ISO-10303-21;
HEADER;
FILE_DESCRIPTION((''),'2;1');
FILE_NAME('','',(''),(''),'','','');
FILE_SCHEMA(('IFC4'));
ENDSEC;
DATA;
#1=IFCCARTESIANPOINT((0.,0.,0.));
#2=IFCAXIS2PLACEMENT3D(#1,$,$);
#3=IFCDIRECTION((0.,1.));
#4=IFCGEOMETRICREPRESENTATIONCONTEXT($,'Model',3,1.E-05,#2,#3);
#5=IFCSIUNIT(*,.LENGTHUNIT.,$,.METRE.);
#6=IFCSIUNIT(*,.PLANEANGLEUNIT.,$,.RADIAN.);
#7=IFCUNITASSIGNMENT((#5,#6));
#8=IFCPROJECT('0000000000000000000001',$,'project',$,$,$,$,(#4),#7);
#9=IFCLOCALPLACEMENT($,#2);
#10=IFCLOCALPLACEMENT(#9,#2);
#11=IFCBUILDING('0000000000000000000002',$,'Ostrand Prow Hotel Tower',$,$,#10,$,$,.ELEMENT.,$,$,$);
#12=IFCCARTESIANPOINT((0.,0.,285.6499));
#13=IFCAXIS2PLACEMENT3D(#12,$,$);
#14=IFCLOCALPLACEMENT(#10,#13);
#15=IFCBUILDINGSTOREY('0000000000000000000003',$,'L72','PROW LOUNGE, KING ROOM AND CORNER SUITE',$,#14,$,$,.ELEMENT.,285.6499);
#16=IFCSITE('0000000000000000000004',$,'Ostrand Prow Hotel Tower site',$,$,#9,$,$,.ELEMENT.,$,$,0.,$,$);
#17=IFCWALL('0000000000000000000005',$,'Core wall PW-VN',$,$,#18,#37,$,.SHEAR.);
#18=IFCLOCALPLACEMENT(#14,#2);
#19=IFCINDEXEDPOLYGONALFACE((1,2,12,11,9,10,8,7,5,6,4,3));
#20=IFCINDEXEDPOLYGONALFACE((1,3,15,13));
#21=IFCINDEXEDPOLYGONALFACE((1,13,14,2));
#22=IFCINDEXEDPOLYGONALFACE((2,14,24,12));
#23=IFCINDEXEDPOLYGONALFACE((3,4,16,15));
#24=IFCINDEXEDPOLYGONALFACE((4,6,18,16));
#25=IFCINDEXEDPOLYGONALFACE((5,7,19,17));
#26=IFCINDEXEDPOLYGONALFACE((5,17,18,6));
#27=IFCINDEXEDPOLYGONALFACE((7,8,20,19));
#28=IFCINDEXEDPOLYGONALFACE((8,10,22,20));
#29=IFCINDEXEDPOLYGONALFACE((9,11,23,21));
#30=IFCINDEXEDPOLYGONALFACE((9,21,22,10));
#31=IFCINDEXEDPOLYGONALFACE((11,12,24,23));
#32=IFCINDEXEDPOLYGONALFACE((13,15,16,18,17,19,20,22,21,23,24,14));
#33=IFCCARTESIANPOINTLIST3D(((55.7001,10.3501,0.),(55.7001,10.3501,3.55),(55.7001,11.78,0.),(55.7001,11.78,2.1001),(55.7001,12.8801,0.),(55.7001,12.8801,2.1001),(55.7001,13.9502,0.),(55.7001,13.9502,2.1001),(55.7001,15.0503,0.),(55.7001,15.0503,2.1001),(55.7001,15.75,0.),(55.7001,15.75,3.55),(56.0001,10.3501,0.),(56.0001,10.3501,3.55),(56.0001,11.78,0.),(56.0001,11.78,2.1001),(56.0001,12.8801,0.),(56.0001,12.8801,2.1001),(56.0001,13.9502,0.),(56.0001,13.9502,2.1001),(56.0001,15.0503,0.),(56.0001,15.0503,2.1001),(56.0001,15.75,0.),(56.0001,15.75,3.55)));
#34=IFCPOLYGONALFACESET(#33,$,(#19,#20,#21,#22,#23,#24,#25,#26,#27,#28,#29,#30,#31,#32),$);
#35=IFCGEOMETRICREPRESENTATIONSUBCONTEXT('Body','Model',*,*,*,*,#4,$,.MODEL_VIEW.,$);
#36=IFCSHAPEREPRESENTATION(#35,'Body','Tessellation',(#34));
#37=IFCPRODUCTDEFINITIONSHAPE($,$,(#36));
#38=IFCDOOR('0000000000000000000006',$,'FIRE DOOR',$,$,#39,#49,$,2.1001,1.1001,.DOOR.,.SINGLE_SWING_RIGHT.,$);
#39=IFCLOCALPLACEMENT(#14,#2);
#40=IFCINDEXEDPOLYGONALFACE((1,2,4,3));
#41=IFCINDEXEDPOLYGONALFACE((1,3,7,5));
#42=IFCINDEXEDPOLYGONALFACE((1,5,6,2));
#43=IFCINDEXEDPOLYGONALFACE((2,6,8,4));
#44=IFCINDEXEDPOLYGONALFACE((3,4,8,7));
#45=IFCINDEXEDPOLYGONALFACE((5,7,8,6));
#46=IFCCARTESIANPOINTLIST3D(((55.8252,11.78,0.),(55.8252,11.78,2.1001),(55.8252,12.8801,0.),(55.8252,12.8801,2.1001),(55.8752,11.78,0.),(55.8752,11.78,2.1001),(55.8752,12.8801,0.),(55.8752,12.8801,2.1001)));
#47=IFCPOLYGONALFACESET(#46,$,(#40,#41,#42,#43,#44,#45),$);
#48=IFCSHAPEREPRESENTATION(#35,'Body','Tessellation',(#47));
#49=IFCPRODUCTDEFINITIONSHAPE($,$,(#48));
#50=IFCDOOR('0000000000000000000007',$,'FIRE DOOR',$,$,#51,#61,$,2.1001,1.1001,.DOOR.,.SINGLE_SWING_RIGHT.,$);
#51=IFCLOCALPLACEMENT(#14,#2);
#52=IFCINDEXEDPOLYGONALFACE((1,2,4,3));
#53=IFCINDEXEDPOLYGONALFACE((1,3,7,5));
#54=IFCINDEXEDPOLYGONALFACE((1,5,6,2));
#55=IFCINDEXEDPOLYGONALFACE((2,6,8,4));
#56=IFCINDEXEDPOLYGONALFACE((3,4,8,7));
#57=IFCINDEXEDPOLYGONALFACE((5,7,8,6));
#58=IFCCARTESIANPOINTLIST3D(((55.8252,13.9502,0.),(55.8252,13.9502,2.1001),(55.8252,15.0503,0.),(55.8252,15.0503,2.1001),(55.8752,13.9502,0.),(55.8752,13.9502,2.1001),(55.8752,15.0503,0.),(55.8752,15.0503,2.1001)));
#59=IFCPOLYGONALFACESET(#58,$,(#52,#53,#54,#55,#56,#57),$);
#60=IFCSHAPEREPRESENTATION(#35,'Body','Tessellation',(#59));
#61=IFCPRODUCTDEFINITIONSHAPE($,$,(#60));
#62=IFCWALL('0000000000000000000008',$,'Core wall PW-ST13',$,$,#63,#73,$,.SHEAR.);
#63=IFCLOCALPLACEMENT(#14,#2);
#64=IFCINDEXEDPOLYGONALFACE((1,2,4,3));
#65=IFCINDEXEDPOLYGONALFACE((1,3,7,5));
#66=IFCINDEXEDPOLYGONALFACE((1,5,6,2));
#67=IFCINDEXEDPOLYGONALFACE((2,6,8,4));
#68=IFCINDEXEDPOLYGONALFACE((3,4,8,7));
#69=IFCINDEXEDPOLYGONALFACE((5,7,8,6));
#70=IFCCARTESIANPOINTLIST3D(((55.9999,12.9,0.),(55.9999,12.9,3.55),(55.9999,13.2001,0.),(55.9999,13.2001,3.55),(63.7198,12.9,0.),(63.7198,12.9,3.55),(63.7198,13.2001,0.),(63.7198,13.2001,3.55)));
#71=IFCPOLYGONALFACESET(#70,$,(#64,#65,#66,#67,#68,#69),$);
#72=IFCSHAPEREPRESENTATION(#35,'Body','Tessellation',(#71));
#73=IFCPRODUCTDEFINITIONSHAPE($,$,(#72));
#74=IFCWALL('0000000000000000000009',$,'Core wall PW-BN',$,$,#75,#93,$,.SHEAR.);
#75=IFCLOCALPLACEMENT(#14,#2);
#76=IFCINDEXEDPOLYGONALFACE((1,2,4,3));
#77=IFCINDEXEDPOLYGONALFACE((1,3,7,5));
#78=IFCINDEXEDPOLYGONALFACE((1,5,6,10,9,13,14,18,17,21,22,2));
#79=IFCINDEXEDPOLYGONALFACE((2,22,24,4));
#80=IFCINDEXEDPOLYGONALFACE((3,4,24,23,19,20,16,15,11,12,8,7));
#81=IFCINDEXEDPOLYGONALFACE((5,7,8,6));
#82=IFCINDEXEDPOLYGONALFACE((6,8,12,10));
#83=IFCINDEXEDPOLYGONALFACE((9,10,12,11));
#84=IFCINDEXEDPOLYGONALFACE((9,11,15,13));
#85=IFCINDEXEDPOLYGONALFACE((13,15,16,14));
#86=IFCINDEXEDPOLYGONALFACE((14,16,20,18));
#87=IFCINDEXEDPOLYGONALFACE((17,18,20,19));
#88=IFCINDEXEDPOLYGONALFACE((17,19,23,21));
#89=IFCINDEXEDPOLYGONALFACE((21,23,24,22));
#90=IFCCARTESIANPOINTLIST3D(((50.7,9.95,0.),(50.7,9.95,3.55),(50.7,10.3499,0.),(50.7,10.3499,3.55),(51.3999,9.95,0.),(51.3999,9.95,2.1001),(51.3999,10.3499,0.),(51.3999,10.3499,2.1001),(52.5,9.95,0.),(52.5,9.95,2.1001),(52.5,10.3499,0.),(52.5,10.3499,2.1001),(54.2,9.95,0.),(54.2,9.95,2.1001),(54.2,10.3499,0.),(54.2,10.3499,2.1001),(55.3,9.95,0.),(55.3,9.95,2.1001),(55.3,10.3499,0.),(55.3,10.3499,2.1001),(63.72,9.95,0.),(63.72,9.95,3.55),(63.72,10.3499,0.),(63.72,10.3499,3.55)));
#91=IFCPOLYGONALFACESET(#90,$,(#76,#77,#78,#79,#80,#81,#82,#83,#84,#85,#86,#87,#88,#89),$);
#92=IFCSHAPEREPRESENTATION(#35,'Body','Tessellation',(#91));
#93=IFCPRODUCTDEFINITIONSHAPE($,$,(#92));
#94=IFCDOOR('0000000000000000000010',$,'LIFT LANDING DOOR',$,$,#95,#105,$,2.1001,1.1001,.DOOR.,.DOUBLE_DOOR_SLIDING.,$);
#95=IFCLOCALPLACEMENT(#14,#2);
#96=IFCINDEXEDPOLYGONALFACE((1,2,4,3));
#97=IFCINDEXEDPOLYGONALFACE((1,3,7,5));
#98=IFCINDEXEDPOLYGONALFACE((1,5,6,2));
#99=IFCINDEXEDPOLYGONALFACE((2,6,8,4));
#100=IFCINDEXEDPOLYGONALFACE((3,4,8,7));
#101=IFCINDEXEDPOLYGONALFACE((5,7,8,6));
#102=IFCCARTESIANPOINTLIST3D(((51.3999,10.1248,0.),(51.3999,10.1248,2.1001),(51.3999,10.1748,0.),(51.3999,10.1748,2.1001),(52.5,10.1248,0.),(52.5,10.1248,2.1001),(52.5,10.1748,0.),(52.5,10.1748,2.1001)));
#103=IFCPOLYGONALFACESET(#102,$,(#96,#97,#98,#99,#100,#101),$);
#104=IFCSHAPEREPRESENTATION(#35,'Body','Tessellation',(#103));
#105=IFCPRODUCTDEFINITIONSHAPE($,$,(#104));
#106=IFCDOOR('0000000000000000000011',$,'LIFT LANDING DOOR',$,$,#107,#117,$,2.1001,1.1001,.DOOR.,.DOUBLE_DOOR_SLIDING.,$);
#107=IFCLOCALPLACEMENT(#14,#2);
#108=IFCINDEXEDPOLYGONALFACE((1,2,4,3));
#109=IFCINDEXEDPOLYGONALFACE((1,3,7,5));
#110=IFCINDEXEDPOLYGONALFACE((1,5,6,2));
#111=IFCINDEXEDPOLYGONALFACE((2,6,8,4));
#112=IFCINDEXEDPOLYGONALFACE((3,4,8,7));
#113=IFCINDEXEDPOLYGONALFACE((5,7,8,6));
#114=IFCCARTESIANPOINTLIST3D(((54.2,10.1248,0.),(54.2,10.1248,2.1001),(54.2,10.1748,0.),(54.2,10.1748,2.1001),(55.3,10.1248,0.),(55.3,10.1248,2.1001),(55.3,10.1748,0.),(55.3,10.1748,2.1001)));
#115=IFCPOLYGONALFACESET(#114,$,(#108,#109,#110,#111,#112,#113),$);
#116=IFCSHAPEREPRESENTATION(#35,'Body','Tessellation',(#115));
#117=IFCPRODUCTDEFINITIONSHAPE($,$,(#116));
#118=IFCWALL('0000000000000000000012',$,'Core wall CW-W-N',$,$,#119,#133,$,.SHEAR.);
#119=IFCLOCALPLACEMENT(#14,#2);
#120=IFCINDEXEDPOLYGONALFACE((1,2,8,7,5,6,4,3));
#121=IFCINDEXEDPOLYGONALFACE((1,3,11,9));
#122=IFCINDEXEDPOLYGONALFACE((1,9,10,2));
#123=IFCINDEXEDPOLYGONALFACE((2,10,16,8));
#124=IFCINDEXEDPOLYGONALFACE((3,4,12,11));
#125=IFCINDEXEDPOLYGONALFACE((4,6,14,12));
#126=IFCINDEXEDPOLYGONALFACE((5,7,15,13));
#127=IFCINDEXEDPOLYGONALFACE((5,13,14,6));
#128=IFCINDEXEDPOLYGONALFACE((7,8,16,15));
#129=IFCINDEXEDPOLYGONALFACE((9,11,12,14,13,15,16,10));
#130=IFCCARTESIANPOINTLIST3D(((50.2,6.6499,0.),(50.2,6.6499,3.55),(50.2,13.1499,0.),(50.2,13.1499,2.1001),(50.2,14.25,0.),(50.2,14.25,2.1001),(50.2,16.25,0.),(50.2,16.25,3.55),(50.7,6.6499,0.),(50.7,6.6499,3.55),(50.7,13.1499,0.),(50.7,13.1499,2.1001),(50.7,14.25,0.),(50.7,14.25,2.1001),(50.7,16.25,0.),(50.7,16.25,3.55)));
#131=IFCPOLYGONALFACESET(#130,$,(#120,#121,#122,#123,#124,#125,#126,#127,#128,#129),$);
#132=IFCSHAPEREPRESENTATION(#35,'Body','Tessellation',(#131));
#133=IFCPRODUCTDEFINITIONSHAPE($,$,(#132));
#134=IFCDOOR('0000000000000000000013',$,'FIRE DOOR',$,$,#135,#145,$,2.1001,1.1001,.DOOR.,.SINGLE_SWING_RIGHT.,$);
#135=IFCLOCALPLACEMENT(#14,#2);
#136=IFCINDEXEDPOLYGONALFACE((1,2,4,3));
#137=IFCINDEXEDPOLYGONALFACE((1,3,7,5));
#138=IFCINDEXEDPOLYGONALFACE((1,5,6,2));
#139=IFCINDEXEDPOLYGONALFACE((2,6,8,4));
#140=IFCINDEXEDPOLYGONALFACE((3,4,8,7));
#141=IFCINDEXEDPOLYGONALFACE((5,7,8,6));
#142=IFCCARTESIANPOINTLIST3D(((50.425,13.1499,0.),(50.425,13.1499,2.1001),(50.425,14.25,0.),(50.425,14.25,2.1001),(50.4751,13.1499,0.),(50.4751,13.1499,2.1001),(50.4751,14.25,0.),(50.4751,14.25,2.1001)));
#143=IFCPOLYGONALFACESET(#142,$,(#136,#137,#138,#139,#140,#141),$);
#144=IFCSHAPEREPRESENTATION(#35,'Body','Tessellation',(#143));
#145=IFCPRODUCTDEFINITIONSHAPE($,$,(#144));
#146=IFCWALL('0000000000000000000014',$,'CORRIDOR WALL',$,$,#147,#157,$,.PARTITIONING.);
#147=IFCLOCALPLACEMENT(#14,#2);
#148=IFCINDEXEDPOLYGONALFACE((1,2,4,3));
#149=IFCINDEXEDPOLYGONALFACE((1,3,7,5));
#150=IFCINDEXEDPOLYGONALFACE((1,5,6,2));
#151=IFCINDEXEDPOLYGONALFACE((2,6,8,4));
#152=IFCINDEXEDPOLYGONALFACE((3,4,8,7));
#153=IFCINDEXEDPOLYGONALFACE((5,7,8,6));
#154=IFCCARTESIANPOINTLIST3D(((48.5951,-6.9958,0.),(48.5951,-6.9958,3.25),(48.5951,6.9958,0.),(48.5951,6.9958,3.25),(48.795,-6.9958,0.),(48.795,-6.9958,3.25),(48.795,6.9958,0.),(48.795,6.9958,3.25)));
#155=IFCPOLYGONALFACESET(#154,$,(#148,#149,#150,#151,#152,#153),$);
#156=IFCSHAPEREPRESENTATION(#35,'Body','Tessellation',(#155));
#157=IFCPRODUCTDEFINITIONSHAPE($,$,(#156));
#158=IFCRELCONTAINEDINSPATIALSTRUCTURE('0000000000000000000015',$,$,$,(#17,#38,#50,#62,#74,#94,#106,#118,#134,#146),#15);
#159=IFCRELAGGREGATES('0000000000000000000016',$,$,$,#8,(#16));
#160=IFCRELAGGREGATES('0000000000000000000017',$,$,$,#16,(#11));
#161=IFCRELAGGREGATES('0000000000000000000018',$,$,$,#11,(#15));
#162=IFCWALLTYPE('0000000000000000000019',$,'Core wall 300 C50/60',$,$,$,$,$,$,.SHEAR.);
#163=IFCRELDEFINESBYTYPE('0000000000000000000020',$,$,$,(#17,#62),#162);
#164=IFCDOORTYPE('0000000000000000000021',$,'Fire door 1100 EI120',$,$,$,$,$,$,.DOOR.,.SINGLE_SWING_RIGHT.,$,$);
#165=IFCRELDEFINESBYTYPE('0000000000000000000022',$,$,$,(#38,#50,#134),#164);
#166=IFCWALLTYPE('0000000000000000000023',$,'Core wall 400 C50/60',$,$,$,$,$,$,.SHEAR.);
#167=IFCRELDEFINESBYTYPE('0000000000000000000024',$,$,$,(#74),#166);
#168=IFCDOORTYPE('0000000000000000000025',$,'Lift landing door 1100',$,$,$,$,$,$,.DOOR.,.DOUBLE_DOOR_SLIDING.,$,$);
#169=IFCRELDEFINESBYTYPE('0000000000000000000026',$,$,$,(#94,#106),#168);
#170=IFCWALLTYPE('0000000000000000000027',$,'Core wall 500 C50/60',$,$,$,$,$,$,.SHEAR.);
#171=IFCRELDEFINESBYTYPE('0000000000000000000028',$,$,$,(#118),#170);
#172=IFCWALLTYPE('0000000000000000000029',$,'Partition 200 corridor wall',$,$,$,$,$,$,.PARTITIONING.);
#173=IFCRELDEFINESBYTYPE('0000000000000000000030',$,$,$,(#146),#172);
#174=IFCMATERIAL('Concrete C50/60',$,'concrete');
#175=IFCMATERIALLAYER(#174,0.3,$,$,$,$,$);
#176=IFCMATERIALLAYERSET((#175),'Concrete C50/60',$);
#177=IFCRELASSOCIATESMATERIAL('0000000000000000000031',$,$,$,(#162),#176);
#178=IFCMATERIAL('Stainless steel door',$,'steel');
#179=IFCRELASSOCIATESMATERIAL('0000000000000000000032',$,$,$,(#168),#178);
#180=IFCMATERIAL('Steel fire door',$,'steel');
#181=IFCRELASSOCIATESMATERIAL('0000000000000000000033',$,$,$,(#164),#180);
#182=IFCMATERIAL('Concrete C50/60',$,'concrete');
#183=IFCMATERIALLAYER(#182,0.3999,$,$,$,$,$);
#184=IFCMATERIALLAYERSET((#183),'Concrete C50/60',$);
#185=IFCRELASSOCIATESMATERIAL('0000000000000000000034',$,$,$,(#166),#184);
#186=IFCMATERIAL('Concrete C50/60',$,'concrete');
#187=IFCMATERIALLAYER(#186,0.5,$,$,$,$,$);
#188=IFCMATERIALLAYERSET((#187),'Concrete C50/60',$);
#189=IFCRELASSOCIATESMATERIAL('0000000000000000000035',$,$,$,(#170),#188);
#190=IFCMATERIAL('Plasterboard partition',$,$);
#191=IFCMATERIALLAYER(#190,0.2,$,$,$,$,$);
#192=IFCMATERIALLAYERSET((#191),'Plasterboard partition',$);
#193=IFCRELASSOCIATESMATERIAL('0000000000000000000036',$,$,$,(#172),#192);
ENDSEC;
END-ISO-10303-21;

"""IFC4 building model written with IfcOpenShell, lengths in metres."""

from ifc_helpers import new_model, si_unit, direction, frame, frame_2d, origin, place, context, subcontext, project, spatial, rectangle, extrude, material, layer, layer_set, type_object, element, fill, save


model = new_model("IFC4")

# Units and contexts
model_context = context("Model", 3, precision=1e-05, world=origin(), true_north=direction((0.0, 1.0)))
body_context = subcontext(model_context, "Body", "Model", "MODEL_VIEW")
ifc_project = project(units=[si_unit("LENGTHUNIT", "METRE"), si_unit("PLANEANGLEUNIT", "RADIAN")], contexts=[model_context])

# Site, building, storey
site_placement = place(None, origin())
site = spatial("IfcSite", under=ifc_project, at=site_placement, Name="Ostrand Prow Hotel Tower site", CompositionType="ELEMENT", RefElevation=0.0)
building_placement = place(site_placement, origin())
building = spatial("IfcBuilding", under=site, at=building_placement, Name="Ostrand Prow Hotel Tower", CompositionType="ELEMENT")
storey_placement = place(building_placement, frame((0.0, 0.0, 285.6499)))
storey = spatial("IfcBuildingStorey", under=building, at=storey_placement, Name="L72", Description="PROW LOUNGE, KING ROOM AND CORNER SUITE", CompositionType="ELEMENT", Elevation=285.6499)

# Shared definitions
ifc_material_1 = material(Name="Concrete C50/60", Category="concrete")
ifc_layer_1 = layer(ifc_material_1, 0.3)
ifc_layer_set_1 = layer_set([ifc_layer_1], Name="Concrete C50/60")
wall_type_1 = type_object("IfcWallType", Name="Core wall 300 C50/60", PredefinedType="SHEAR", material=ifc_layer_set_1)
ifc_material_2 = material(Name="Stainless steel door", Category="steel")
door_type_1 = type_object("IfcDoorType", Name="Lift landing door 1100", OperationType="DOUBLE_DOOR_SLIDING", PredefinedType="DOOR", material=ifc_material_2)

# Wall, openings, doors
wall_1_placement = place(storey_placement, frame((55.8501, 10.3501, 0.0), z_axis=(0.0, 0.0, 1.0), x_axis=(0.0, 1.0, 0.0)))
wall_1 = element("IfcWall", 1, at=wall_1_placement, inside=storey, type_object=wall_type_1, Name="Core wall PW-VN", PredefinedType="SHEAR", context=body_context, shape_type="SweptSolid", body=[
    extrude(rectangle(XDim=5.3999, YDim=0.3, at=frame_2d((2.7, 0.0))), origin(), (0.0, 0.0, 1.0), 3.55),
])
opening_1_placement = place(wall_1_placement, frame((1.4299, 0.0, 0.0)))
opening_1 = element("IfcOpeningElement", 2, at=opening_1_placement, cuts=wall_1, PredefinedType="OPENING", context=body_context, shape_type="SweptSolid", body=[
    extrude(rectangle(XDim=1.1001, YDim=2.1001, at=frame_2d((0.55, 1.05))), frame((0.0, 0.1599, 0.0), z_axis=(0.0, -1.0, 0.0), x_axis=(1.0, 0.0, 0.0)), (0.0, 0.0, 1.0), 0.3201),
])
opening_2_placement = place(wall_1_placement, frame((3.6001, 0.0, 0.0)))
opening_2 = element("IfcOpeningElement", 3, at=opening_2_placement, cuts=wall_1, PredefinedType="OPENING", context=body_context, shape_type="SweptSolid", body=[
    extrude(rectangle(XDim=1.1001, YDim=2.1001, at=frame_2d((0.55, 1.05))), frame((0.0, 0.1599, 0.0), z_axis=(0.0, -1.0, 0.0), x_axis=(1.0, 0.0, 0.0)), (0.0, 0.0, 1.0), 0.3201),
])
ifc_material_3 = material(Name="Steel fire door", Category="steel")
door_type_2 = type_object("IfcDoorType", Name="Fire door 1100 EI120", OperationType="SINGLE_SWING_RIGHT", PredefinedType="DOOR", material=ifc_material_3)
door_1_placement = place(opening_1_placement, origin())
door_1 = element("IfcDoor", 4, at=door_1_placement, inside=storey, type_object=door_type_2, Name="FIRE DOOR", OperationType="SINGLE_SWING_RIGHT", OverallHeight=2.1001, OverallWidth=1.1001, PredefinedType="DOOR", context=body_context, shape_type="SweptSolid", body=[
    extrude(rectangle(XDim=1.1001, YDim=2.1001, at=frame_2d((0.55, 1.05))), frame((0.0, 0.0249, 0.0), z_axis=(0.0, -1.0, 0.0), x_axis=(1.0, 0.0, 0.0)), (0.0, 0.0, 1.0), 0.05),
])
fill(opening_1, door_1)
door_2_placement = place(opening_2_placement, origin())
door_2 = element("IfcDoor", 5, at=door_2_placement, inside=storey, type_object=door_type_2, Name="FIRE DOOR", OperationType="SINGLE_SWING_RIGHT", OverallHeight=2.1001, OverallWidth=1.1001, PredefinedType="DOOR", context=body_context, shape_type="SweptSolid", body=[
    extrude(rectangle(XDim=1.1001, YDim=2.1001, at=frame_2d((0.55, 1.05))), frame((0.0, 0.0249, 0.0), z_axis=(0.0, -1.0, 0.0), x_axis=(1.0, 0.0, 0.0)), (0.0, 0.0, 1.0), 0.05),
])
fill(opening_2, door_2)

# Wall
wall_2_placement = place(storey_placement, frame((56.0, 13.05, 0.0), z_axis=(0.0, 0.0, 1.0), x_axis=(1.0, 0.0, 0.0)))
element("IfcWall", 6, at=wall_2_placement, inside=storey, type_object=wall_type_1, Name="Core wall PW-ST13", PredefinedType="SHEAR", context=body_context, shape_type="SweptSolid", body=[
    extrude(rectangle(XDim=7.72, YDim=0.3, at=frame_2d((3.8599, 0.0))), origin(), (0.0, 0.0, 1.0), 3.55),
])

# Wall, openings, doors
ifc_material_4 = material(Name="Concrete C50/60", Category="concrete")
ifc_layer_2 = layer(ifc_material_4, 0.3999)
ifc_layer_set_2 = layer_set([ifc_layer_2], Name="Concrete C50/60")
wall_type_2 = type_object("IfcWallType", Name="Core wall 400 C50/60", PredefinedType="SHEAR", material=ifc_layer_set_2)
wall_3_placement = place(storey_placement, frame((50.7, 10.1499, 0.0), z_axis=(0.0, 0.0, 1.0), x_axis=(1.0, 0.0, 0.0)))
wall_3 = element("IfcWall", 7, at=wall_3_placement, inside=storey, type_object=wall_type_2, Name="Core wall PW-BN", PredefinedType="SHEAR", context=body_context, shape_type="SweptSolid", body=[
    extrude(rectangle(XDim=13.02, YDim=0.3999, at=frame_2d((6.51, 0.0))), origin(), (0.0, 0.0, 1.0), 3.55),
])
opening_3_placement = place(wall_3_placement, frame((0.7, 0.0, 0.0)))
opening_3 = element("IfcOpeningElement", 8, at=opening_3_placement, cuts=wall_3, PredefinedType="OPENING", context=body_context, shape_type="SweptSolid", body=[
    extrude(rectangle(XDim=1.1001, YDim=2.1001, at=frame_2d((0.55, 1.05))), frame((0.0, 0.21, 0.0), z_axis=(0.0, -1.0, 0.0), x_axis=(1.0, 0.0, 0.0)), (0.0, 0.0, 1.0), 0.4199),
])
opening_4_placement = place(wall_3_placement, frame((3.5, 0.0, 0.0)))
opening_4 = element("IfcOpeningElement", 9, at=opening_4_placement, cuts=wall_3, PredefinedType="OPENING", context=body_context, shape_type="SweptSolid", body=[
    extrude(rectangle(XDim=1.1001, YDim=2.1001, at=frame_2d((0.55, 1.05))), frame((0.0, 0.21, 0.0), z_axis=(0.0, -1.0, 0.0), x_axis=(1.0, 0.0, 0.0)), (0.0, 0.0, 1.0), 0.4199),
])
door_3_placement = place(opening_3_placement, origin())
door_3 = element("IfcDoor", 10, at=door_3_placement, inside=storey, type_object=door_type_1, Name="LIFT LANDING DOOR", OperationType="DOUBLE_DOOR_SLIDING", OverallHeight=2.1001, OverallWidth=1.1001, PredefinedType="DOOR", context=body_context, shape_type="SweptSolid", body=[
    extrude(rectangle(XDim=1.1001, YDim=2.1001, at=frame_2d((0.55, 1.05))), frame((0.0, 0.0249, 0.0), z_axis=(0.0, -1.0, 0.0), x_axis=(1.0, 0.0, 0.0)), (0.0, 0.0, 1.0), 0.05),
])
fill(opening_3, door_3)
door_4_placement = place(opening_4_placement, origin())
door_4 = element("IfcDoor", 11, at=door_4_placement, inside=storey, type_object=door_type_1, Name="LIFT LANDING DOOR", OperationType="DOUBLE_DOOR_SLIDING", OverallHeight=2.1001, OverallWidth=1.1001, PredefinedType="DOOR", context=body_context, shape_type="SweptSolid", body=[
    extrude(rectangle(XDim=1.1001, YDim=2.1001, at=frame_2d((0.55, 1.05))), frame((0.0, 0.0249, 0.0), z_axis=(0.0, -1.0, 0.0), x_axis=(1.0, 0.0, 0.0)), (0.0, 0.0, 1.0), 0.05),
])
fill(opening_4, door_4)

# Wall, opening, door
ifc_material_5 = material(Name="Concrete C50/60", Category="concrete")
ifc_layer_3 = layer(ifc_material_5, 0.5)
ifc_layer_set_3 = layer_set([ifc_layer_3], Name="Concrete C50/60")
wall_type_3 = type_object("IfcWallType", Name="Core wall 500 C50/60", PredefinedType="SHEAR", material=ifc_layer_set_3)
wall_4_placement = place(storey_placement, frame((50.45, 6.6499, 0.0), z_axis=(0.0, 0.0, 1.0), x_axis=(0.0, 1.0, 0.0)))
wall_4 = element("IfcWall", 12, at=wall_4_placement, inside=storey, type_object=wall_type_3, Name="Core wall CW-W-N", PredefinedType="SHEAR", context=body_context, shape_type="SweptSolid", body=[
    extrude(rectangle(XDim=9.6001, YDim=0.5, at=frame_2d((4.8, 0.0))), origin(), (0.0, 0.0, 1.0), 3.55),
])
opening_5_placement = place(wall_4_placement, frame((6.5, 0.0, 0.0)))
opening_5 = element("IfcOpeningElement", 13, at=opening_5_placement, cuts=wall_4, PredefinedType="OPENING", context=body_context, shape_type="SweptSolid", body=[
    extrude(rectangle(XDim=1.1001, YDim=2.1001, at=frame_2d((0.55, 1.05))), frame((0.0, 0.26, 0.0), z_axis=(0.0, -1.0, 0.0), x_axis=(1.0, 0.0, 0.0)), (0.0, 0.0, 1.0), 0.52),
])
door_5_placement = place(opening_5_placement, origin())
door_5 = element("IfcDoor", 14, at=door_5_placement, inside=storey, type_object=door_type_2, Name="FIRE DOOR", OperationType="SINGLE_SWING_RIGHT", OverallHeight=2.1001, OverallWidth=1.1001, PredefinedType="DOOR", context=body_context, shape_type="SweptSolid", body=[
    extrude(rectangle(XDim=1.1001, YDim=2.1001, at=frame_2d((0.55, 1.05))), frame((0.0, 0.0249, 0.0), z_axis=(0.0, -1.0, 0.0), x_axis=(1.0, 0.0, 0.0)), (0.0, 0.0, 1.0), 0.05),
])
fill(opening_5, door_5)

# Wall
ifc_material_6 = material(Name="Plasterboard partition")
ifc_layer_4 = layer(ifc_material_6, 0.2)
ifc_layer_set_4 = layer_set([ifc_layer_4], Name="Plasterboard partition")
wall_type_4 = type_object("IfcWallType", Name="Partition 200 corridor wall", PredefinedType="PARTITIONING", material=ifc_layer_set_4)
wall_5_placement = place(storey_placement, frame((48.6951, 6.9958, 0.0), z_axis=(0.0, 0.0, 1.0), x_axis=(0.0, -1.0, 0.0)))
element("IfcWall", 15, at=wall_5_placement, inside=storey, type_object=wall_type_4, Name="CORRIDOR WALL", PredefinedType="PARTITIONING", context=body_context, shape_type="SweptSolid", body=[
    extrude(rectangle(XDim=13.9917, YDim=0.2, at=frame_2d((6.9958, 0.0))), origin(), (0.0, 0.0, 1.0), 3.25),
])

save(model, "model.ifc")
